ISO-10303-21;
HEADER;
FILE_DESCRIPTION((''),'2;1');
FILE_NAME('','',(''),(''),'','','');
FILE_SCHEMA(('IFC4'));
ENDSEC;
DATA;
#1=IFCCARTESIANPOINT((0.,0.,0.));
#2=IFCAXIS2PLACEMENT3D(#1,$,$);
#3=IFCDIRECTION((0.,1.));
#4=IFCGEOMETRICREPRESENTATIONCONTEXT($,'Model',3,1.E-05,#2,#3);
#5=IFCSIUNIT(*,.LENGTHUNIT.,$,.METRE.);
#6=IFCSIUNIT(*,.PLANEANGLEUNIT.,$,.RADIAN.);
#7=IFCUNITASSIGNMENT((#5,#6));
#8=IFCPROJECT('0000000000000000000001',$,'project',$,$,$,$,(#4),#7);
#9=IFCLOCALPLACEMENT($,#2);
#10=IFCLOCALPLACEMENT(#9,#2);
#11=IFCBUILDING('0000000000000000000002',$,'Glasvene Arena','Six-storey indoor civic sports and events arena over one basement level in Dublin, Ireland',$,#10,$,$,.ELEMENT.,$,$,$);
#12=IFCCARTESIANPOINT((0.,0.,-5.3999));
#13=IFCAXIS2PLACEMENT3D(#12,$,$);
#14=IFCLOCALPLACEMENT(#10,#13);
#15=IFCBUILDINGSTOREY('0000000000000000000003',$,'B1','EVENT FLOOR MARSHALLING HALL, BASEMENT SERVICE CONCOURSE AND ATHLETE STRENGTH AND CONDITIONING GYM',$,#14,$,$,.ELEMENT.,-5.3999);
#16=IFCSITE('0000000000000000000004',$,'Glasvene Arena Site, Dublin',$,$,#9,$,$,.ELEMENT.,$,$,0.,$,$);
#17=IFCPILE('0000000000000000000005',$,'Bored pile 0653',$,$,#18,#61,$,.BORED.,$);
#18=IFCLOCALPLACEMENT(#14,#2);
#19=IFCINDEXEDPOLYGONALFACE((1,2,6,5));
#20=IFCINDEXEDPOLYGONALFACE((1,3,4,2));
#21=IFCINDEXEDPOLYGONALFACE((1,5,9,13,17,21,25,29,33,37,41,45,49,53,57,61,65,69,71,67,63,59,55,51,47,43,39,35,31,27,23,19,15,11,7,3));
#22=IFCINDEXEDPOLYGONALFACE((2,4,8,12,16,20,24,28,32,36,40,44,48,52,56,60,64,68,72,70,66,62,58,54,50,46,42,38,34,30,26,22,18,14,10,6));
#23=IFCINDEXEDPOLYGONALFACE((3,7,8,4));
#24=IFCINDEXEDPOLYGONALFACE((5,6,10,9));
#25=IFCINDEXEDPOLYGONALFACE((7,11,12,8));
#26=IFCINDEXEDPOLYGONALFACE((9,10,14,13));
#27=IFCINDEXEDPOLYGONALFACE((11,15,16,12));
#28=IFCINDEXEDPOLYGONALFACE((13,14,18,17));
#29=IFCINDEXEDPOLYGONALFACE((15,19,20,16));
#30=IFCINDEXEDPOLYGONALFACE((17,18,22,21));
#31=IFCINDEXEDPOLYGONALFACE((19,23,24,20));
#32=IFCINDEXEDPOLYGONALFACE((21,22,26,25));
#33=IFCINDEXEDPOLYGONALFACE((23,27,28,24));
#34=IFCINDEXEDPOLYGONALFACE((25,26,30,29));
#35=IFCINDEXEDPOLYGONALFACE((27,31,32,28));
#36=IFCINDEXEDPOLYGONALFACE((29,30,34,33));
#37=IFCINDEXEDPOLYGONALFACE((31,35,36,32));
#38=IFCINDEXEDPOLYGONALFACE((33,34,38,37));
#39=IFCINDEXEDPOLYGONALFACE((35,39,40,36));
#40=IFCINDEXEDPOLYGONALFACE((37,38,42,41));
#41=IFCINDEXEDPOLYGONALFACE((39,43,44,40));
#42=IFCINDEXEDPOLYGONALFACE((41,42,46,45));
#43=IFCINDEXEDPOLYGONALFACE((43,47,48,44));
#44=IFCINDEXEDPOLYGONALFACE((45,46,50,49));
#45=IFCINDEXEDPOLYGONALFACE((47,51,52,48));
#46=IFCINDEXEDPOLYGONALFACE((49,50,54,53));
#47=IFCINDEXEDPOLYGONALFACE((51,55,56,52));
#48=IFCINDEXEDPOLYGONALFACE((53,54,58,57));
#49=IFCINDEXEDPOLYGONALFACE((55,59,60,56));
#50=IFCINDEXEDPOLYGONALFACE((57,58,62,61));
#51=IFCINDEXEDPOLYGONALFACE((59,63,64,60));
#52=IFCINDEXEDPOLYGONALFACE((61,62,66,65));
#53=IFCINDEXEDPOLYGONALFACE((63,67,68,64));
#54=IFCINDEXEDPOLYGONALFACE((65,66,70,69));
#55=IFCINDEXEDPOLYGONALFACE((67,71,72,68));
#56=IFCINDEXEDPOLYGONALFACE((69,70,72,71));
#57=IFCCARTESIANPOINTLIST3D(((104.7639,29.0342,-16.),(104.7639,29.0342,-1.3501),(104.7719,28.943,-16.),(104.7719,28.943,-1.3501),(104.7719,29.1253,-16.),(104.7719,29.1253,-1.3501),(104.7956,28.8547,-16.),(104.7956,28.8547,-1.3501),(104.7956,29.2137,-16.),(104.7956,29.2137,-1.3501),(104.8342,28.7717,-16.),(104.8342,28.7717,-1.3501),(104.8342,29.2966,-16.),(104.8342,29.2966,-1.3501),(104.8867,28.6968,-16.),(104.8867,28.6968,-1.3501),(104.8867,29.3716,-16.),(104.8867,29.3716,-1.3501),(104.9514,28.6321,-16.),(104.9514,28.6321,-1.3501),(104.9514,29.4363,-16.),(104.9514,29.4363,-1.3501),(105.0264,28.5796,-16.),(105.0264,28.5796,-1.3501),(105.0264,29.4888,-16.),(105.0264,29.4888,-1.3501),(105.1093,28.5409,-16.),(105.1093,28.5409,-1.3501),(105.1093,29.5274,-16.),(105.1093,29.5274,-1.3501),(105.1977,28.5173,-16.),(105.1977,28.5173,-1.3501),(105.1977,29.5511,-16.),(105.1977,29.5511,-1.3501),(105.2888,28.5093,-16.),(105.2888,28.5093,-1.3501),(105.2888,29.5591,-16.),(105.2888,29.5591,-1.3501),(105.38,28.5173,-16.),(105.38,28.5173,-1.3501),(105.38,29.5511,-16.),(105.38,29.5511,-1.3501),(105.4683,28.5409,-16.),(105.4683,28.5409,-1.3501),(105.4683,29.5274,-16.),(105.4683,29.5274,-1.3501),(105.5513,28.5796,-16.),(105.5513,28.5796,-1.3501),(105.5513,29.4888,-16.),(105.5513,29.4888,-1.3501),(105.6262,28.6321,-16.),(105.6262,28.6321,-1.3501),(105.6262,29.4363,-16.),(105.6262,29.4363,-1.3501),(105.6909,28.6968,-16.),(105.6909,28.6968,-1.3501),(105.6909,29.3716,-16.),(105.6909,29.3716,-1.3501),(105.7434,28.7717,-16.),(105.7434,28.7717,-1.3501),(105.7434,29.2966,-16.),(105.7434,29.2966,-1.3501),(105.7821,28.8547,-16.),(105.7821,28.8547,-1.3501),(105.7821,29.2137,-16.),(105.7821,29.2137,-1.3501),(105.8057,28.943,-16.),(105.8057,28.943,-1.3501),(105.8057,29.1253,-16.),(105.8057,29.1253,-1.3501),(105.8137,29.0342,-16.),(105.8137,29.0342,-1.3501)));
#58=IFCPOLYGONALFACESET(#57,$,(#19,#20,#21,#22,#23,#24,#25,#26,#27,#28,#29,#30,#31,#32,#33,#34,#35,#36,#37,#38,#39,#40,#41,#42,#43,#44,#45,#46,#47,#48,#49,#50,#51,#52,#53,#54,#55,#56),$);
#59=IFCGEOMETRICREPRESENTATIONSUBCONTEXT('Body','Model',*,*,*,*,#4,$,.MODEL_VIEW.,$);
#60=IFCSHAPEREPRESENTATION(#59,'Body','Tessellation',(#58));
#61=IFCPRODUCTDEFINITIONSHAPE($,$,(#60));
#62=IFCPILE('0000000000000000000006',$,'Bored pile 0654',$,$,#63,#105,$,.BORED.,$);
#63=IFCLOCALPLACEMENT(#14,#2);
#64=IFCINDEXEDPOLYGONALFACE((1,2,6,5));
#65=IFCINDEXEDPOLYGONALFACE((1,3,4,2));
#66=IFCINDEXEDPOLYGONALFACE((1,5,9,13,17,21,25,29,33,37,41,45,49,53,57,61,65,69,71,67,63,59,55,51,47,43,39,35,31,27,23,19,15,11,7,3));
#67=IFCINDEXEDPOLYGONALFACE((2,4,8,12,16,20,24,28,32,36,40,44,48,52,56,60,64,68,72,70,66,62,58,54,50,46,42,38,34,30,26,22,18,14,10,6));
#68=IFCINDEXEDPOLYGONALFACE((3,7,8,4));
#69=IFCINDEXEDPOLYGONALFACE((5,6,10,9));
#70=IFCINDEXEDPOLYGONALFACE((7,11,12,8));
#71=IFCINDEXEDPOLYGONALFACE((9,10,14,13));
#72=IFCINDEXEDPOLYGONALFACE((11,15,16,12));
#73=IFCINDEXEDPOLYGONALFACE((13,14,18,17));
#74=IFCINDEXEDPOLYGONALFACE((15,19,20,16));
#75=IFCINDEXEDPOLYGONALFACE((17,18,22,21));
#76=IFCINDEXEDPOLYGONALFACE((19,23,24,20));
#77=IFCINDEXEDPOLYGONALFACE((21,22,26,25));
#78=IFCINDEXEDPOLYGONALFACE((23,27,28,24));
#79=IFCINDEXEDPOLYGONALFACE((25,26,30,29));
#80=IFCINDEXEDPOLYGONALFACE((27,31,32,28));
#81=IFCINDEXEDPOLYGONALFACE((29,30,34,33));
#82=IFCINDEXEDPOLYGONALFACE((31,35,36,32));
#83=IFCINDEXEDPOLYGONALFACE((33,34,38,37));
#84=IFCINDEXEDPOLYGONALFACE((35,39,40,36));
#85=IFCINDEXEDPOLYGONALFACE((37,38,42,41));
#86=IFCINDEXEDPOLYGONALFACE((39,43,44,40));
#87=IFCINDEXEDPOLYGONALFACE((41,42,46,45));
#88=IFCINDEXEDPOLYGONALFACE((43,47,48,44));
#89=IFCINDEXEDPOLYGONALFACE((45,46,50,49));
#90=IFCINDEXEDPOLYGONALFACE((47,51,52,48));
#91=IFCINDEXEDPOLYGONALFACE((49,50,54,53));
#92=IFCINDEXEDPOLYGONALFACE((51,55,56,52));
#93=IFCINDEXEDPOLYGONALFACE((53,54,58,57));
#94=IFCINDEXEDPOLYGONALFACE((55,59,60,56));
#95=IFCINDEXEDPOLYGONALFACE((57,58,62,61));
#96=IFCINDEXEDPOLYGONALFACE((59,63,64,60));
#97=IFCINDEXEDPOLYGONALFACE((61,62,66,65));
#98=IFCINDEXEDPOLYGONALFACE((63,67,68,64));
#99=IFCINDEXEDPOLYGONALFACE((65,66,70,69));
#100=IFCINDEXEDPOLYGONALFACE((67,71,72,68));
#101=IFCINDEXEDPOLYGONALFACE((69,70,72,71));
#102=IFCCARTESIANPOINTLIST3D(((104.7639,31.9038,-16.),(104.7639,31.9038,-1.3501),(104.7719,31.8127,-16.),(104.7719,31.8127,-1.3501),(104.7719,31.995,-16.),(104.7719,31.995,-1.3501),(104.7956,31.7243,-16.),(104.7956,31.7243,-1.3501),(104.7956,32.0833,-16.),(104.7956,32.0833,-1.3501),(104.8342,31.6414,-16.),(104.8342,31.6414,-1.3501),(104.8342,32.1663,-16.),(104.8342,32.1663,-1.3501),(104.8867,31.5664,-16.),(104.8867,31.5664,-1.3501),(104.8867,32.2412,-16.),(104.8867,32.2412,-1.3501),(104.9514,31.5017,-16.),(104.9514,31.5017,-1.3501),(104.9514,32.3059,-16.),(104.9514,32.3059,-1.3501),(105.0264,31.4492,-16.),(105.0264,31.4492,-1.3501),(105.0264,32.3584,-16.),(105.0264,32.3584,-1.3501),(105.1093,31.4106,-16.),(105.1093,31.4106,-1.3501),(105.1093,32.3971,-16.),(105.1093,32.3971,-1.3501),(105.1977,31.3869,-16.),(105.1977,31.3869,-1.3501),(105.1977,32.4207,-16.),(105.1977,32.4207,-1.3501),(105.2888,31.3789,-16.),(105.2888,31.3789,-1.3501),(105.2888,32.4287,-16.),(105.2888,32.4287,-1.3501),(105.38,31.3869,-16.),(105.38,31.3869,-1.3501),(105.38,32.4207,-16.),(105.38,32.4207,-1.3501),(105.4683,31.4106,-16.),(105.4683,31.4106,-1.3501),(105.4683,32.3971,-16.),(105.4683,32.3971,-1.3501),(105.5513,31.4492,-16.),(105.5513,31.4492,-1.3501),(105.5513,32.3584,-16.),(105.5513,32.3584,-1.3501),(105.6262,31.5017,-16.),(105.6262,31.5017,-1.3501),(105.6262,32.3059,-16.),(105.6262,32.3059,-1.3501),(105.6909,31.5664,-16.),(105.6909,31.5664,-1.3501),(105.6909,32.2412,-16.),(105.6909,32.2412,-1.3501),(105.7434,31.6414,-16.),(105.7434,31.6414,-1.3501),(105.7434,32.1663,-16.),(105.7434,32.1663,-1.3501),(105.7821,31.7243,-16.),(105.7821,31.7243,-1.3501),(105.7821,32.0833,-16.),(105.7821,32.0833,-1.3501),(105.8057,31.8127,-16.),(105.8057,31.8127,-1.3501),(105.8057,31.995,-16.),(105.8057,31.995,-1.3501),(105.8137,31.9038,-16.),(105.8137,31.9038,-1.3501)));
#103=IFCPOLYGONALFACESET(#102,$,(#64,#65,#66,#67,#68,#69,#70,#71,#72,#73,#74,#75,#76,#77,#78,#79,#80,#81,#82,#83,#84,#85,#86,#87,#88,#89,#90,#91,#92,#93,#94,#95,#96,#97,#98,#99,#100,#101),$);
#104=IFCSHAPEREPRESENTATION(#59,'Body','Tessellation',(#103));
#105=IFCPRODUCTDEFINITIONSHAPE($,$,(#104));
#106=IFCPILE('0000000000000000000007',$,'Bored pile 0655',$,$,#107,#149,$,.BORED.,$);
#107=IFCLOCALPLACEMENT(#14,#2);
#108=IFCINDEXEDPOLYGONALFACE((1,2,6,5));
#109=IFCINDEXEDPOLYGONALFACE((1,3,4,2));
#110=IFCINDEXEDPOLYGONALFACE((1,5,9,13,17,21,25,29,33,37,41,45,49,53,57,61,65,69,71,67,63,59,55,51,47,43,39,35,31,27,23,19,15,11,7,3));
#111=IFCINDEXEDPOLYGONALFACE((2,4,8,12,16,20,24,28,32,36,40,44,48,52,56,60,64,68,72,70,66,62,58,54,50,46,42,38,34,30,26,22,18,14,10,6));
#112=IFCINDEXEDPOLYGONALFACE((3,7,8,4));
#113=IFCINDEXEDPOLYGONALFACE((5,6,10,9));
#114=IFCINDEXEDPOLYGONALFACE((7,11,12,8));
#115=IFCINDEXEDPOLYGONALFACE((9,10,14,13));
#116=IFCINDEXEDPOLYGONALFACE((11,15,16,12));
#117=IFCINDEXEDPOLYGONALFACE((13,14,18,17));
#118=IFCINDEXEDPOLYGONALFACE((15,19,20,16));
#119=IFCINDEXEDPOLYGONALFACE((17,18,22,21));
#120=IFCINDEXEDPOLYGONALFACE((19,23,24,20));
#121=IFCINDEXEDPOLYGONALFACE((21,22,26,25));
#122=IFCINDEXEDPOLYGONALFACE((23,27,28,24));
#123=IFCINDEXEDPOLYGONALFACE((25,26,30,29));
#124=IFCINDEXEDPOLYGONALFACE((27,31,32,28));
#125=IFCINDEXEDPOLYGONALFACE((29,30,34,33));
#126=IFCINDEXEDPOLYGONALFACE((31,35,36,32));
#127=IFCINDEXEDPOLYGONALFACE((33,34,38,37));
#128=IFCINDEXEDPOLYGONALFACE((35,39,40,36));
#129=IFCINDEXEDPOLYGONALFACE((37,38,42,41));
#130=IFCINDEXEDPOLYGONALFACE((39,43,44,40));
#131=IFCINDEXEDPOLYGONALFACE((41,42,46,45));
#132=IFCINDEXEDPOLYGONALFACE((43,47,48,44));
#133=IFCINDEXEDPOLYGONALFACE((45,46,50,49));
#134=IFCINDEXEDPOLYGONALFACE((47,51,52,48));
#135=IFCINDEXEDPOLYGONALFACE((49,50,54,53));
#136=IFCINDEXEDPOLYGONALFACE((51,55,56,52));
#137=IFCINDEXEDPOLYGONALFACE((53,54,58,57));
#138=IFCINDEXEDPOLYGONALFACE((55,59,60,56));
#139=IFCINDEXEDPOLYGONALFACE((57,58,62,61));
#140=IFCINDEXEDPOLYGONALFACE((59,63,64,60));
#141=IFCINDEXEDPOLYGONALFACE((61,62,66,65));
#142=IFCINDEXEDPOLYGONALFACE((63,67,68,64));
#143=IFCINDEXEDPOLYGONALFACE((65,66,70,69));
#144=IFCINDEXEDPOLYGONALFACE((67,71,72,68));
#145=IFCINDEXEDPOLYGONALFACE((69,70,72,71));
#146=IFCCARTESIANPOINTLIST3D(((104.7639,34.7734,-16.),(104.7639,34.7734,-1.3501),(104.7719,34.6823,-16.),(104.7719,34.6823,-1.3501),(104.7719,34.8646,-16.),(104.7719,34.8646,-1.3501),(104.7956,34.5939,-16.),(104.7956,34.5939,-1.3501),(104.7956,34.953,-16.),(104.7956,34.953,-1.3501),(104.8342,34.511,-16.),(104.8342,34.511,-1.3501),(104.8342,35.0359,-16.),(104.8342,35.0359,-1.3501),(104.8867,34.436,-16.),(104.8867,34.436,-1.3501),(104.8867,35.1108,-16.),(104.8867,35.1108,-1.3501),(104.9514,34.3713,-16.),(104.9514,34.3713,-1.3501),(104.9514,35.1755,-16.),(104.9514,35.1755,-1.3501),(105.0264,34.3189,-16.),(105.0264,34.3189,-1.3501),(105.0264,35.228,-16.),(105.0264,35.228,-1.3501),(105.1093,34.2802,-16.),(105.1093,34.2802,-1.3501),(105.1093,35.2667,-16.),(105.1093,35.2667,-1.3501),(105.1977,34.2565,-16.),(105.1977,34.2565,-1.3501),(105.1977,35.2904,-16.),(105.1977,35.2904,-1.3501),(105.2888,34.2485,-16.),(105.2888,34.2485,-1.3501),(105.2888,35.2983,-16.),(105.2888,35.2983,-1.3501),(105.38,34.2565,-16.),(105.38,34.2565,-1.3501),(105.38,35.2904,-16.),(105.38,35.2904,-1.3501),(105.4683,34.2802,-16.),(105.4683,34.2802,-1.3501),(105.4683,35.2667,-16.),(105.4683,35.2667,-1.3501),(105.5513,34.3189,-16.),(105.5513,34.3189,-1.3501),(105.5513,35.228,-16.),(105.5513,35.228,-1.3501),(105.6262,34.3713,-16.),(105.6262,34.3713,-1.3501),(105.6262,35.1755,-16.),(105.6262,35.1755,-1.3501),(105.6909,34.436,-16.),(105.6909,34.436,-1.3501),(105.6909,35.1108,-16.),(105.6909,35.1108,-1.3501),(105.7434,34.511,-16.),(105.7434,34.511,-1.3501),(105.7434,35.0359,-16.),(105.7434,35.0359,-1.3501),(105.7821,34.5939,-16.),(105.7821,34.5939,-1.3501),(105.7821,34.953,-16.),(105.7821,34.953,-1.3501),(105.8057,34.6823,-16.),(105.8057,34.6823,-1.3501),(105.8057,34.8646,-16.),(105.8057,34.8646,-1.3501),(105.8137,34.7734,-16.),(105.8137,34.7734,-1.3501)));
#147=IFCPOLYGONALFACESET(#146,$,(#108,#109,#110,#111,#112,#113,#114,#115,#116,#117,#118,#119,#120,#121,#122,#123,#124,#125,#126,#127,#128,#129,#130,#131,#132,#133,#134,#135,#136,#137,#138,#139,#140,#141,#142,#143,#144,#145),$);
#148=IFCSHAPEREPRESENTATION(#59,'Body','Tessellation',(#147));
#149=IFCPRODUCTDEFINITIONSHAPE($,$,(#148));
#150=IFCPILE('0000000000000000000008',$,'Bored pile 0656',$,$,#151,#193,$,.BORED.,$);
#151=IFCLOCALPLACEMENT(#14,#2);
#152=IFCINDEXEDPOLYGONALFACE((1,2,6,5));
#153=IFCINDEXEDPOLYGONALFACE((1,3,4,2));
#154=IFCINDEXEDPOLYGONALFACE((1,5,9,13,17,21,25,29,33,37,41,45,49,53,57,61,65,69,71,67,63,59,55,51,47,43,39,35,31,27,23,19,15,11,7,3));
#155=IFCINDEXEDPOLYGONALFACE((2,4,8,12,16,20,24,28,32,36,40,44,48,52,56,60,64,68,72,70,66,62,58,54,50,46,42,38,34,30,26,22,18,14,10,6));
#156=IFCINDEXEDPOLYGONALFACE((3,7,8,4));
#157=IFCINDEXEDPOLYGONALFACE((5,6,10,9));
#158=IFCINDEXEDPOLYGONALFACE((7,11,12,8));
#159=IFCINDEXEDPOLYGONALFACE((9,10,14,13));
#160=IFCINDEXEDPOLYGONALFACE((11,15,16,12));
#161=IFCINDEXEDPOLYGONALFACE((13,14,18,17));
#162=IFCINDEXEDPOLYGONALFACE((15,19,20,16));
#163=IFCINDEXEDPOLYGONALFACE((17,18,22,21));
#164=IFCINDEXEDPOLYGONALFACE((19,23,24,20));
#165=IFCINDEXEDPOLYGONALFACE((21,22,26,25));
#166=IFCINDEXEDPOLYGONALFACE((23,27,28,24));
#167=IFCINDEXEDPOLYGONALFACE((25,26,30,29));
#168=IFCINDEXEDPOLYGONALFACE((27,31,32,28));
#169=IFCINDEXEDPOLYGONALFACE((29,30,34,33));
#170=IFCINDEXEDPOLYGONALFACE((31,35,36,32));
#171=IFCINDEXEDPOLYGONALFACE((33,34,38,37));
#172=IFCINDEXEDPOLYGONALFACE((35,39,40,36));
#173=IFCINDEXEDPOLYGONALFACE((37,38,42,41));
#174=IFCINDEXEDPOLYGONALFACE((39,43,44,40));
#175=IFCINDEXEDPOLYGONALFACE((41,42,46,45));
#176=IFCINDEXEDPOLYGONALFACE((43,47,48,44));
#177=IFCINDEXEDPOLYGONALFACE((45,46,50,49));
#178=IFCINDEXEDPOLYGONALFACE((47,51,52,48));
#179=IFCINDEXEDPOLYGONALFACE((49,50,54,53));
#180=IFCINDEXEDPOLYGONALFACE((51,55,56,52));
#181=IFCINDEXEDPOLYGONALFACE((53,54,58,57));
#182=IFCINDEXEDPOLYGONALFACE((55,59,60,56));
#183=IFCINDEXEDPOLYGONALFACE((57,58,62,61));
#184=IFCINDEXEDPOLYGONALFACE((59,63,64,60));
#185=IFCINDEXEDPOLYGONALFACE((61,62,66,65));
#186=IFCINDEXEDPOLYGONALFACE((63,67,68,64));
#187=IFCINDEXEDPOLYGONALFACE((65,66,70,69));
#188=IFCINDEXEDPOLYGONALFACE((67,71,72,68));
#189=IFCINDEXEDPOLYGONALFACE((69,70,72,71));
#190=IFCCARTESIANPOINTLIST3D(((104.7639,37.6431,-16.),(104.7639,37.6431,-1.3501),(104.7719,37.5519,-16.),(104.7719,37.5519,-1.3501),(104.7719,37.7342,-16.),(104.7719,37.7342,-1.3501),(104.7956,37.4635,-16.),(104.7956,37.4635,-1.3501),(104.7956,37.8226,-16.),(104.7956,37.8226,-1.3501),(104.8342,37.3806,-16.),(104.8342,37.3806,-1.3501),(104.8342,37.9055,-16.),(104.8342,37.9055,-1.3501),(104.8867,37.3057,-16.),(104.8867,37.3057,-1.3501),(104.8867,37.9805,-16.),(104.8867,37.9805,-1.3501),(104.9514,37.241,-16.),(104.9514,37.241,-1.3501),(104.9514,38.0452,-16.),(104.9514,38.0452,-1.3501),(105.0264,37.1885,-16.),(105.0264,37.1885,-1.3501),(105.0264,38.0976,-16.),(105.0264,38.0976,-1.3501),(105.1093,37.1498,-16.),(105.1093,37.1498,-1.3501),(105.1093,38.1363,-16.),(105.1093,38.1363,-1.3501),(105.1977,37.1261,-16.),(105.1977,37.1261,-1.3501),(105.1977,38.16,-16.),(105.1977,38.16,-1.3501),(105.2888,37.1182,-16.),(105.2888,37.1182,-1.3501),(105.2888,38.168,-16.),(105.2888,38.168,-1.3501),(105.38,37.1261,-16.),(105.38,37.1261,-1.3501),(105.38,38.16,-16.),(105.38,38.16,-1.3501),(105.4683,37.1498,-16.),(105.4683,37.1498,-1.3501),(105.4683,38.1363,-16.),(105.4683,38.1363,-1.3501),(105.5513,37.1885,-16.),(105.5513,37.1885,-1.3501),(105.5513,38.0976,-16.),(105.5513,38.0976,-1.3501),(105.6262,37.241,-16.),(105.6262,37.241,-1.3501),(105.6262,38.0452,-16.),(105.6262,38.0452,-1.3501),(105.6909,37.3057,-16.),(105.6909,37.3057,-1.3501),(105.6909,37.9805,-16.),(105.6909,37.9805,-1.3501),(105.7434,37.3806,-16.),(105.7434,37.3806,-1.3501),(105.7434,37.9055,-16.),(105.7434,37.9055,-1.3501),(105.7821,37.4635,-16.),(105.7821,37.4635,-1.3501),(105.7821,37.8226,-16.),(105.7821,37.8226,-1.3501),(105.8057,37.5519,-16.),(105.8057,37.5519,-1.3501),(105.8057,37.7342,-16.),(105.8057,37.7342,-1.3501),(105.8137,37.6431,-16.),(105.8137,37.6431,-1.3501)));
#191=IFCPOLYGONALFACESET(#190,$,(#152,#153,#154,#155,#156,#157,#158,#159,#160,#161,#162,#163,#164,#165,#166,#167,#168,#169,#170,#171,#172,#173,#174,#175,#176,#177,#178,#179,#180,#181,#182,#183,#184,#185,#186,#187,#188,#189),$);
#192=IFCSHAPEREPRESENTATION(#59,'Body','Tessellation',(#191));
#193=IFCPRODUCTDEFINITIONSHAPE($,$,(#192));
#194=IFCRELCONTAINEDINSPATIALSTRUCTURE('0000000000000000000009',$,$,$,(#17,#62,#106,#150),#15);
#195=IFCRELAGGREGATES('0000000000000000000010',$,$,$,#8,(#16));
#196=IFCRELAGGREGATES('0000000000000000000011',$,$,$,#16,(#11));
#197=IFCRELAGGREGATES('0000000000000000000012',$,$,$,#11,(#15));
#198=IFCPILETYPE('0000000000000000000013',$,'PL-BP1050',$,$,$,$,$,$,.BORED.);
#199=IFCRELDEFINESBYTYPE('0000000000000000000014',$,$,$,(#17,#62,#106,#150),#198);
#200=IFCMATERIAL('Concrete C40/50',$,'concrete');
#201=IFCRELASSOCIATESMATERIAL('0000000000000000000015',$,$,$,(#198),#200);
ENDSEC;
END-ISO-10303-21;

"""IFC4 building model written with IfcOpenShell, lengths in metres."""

from ifc_helpers import new_model, si_unit, direction, frame, origin, origin_2d, place, context, subcontext, project, spatial, circle, extrude, material, material_profile, profile_set, type_object, element, save


model = new_model("IFC4")

# Units and contexts
model_context = context("Model", 3, precision=1e-05, world=origin(), true_north=direction((0.0, 1.0)))
body_context = subcontext(model_context, "Body", "Model", "MODEL_VIEW")
ifc_project = project(units=[si_unit("LENGTHUNIT", "METRE"), si_unit("PLANEANGLEUNIT", "RADIAN")], contexts=[model_context])

# Site, building, storey
site_placement = place(None, origin())
site = spatial("IfcSite", under=ifc_project, at=site_placement, Name="Glasvene Arena Site, Dublin", CompositionType="ELEMENT", RefElevation=0.0)
building_placement = place(site_placement, origin())
building = spatial("IfcBuilding", under=site, at=building_placement, Name="Glasvene Arena", Description="Six-storey indoor civic sports and events arena over one basement level in Dublin, Ireland", CompositionType="ELEMENT")
storey_placement = place(building_placement, frame((0.0, 0.0, -5.3999)))
storey = spatial("IfcBuildingStorey", under=building, at=storey_placement, Name="B1", Description="EVENT FLOOR MARSHALLING HALL, BASEMENT SERVICE CONCOURSE AND ATHLETE STRENGTH AND CONDITIONING GYM", CompositionType="ELEMENT", Elevation=-5.3999)

# Piles
ifc_material_1 = material(Name="Concrete C40/50", Category="concrete")
ifc_material_profile_1 = material_profile(ifc_material_1, circle(Radius=0.5249, at=origin_2d()), Name="BORED PILE 1050")
ifc_profile_set_1 = profile_set([ifc_material_profile_1], Name="Concrete C40/50")
pile_type = type_object("IfcPileType", Name="PL-BP1050", PredefinedType="BORED", material=ifc_profile_set_1)
for number, where, z_axis, x_axis, name in (
    (1, (105.2888, 29.0342, -1.3501), (0.0, 0.0, -1.0), (1.0, 0.0, 0.0), "Bored pile 0653"),
    (2, (105.2888, 31.9038, -1.3501), (0.0, 0.0, -1.0), (1.0, 0.0, 0.0), "Bored pile 0654"),
    (3, (105.2888, 34.7734, -1.3501), (0.0, 0.0, -1.0), (1.0, 0.0, 0.0), "Bored pile 0655"),
    (4, (105.2888, 37.6431, -1.3501), (0.0, 0.0, -1.0), (1.0, 0.0, 0.0), "Bored pile 0656"),
):
    element("IfcPile", number, at=place(storey_placement, frame(where, z_axis=z_axis, x_axis=x_axis)), inside=storey, type_object=pile_type, Name=name, PredefinedType="BORED", context=body_context, shape_type="SweptSolid", body=[
        extrude(circle(Radius=0.5249, at=origin_2d()), origin(), (0.0, 0.0, 1.0), 14.6499),
    ])

save(model, "model.ifc")
